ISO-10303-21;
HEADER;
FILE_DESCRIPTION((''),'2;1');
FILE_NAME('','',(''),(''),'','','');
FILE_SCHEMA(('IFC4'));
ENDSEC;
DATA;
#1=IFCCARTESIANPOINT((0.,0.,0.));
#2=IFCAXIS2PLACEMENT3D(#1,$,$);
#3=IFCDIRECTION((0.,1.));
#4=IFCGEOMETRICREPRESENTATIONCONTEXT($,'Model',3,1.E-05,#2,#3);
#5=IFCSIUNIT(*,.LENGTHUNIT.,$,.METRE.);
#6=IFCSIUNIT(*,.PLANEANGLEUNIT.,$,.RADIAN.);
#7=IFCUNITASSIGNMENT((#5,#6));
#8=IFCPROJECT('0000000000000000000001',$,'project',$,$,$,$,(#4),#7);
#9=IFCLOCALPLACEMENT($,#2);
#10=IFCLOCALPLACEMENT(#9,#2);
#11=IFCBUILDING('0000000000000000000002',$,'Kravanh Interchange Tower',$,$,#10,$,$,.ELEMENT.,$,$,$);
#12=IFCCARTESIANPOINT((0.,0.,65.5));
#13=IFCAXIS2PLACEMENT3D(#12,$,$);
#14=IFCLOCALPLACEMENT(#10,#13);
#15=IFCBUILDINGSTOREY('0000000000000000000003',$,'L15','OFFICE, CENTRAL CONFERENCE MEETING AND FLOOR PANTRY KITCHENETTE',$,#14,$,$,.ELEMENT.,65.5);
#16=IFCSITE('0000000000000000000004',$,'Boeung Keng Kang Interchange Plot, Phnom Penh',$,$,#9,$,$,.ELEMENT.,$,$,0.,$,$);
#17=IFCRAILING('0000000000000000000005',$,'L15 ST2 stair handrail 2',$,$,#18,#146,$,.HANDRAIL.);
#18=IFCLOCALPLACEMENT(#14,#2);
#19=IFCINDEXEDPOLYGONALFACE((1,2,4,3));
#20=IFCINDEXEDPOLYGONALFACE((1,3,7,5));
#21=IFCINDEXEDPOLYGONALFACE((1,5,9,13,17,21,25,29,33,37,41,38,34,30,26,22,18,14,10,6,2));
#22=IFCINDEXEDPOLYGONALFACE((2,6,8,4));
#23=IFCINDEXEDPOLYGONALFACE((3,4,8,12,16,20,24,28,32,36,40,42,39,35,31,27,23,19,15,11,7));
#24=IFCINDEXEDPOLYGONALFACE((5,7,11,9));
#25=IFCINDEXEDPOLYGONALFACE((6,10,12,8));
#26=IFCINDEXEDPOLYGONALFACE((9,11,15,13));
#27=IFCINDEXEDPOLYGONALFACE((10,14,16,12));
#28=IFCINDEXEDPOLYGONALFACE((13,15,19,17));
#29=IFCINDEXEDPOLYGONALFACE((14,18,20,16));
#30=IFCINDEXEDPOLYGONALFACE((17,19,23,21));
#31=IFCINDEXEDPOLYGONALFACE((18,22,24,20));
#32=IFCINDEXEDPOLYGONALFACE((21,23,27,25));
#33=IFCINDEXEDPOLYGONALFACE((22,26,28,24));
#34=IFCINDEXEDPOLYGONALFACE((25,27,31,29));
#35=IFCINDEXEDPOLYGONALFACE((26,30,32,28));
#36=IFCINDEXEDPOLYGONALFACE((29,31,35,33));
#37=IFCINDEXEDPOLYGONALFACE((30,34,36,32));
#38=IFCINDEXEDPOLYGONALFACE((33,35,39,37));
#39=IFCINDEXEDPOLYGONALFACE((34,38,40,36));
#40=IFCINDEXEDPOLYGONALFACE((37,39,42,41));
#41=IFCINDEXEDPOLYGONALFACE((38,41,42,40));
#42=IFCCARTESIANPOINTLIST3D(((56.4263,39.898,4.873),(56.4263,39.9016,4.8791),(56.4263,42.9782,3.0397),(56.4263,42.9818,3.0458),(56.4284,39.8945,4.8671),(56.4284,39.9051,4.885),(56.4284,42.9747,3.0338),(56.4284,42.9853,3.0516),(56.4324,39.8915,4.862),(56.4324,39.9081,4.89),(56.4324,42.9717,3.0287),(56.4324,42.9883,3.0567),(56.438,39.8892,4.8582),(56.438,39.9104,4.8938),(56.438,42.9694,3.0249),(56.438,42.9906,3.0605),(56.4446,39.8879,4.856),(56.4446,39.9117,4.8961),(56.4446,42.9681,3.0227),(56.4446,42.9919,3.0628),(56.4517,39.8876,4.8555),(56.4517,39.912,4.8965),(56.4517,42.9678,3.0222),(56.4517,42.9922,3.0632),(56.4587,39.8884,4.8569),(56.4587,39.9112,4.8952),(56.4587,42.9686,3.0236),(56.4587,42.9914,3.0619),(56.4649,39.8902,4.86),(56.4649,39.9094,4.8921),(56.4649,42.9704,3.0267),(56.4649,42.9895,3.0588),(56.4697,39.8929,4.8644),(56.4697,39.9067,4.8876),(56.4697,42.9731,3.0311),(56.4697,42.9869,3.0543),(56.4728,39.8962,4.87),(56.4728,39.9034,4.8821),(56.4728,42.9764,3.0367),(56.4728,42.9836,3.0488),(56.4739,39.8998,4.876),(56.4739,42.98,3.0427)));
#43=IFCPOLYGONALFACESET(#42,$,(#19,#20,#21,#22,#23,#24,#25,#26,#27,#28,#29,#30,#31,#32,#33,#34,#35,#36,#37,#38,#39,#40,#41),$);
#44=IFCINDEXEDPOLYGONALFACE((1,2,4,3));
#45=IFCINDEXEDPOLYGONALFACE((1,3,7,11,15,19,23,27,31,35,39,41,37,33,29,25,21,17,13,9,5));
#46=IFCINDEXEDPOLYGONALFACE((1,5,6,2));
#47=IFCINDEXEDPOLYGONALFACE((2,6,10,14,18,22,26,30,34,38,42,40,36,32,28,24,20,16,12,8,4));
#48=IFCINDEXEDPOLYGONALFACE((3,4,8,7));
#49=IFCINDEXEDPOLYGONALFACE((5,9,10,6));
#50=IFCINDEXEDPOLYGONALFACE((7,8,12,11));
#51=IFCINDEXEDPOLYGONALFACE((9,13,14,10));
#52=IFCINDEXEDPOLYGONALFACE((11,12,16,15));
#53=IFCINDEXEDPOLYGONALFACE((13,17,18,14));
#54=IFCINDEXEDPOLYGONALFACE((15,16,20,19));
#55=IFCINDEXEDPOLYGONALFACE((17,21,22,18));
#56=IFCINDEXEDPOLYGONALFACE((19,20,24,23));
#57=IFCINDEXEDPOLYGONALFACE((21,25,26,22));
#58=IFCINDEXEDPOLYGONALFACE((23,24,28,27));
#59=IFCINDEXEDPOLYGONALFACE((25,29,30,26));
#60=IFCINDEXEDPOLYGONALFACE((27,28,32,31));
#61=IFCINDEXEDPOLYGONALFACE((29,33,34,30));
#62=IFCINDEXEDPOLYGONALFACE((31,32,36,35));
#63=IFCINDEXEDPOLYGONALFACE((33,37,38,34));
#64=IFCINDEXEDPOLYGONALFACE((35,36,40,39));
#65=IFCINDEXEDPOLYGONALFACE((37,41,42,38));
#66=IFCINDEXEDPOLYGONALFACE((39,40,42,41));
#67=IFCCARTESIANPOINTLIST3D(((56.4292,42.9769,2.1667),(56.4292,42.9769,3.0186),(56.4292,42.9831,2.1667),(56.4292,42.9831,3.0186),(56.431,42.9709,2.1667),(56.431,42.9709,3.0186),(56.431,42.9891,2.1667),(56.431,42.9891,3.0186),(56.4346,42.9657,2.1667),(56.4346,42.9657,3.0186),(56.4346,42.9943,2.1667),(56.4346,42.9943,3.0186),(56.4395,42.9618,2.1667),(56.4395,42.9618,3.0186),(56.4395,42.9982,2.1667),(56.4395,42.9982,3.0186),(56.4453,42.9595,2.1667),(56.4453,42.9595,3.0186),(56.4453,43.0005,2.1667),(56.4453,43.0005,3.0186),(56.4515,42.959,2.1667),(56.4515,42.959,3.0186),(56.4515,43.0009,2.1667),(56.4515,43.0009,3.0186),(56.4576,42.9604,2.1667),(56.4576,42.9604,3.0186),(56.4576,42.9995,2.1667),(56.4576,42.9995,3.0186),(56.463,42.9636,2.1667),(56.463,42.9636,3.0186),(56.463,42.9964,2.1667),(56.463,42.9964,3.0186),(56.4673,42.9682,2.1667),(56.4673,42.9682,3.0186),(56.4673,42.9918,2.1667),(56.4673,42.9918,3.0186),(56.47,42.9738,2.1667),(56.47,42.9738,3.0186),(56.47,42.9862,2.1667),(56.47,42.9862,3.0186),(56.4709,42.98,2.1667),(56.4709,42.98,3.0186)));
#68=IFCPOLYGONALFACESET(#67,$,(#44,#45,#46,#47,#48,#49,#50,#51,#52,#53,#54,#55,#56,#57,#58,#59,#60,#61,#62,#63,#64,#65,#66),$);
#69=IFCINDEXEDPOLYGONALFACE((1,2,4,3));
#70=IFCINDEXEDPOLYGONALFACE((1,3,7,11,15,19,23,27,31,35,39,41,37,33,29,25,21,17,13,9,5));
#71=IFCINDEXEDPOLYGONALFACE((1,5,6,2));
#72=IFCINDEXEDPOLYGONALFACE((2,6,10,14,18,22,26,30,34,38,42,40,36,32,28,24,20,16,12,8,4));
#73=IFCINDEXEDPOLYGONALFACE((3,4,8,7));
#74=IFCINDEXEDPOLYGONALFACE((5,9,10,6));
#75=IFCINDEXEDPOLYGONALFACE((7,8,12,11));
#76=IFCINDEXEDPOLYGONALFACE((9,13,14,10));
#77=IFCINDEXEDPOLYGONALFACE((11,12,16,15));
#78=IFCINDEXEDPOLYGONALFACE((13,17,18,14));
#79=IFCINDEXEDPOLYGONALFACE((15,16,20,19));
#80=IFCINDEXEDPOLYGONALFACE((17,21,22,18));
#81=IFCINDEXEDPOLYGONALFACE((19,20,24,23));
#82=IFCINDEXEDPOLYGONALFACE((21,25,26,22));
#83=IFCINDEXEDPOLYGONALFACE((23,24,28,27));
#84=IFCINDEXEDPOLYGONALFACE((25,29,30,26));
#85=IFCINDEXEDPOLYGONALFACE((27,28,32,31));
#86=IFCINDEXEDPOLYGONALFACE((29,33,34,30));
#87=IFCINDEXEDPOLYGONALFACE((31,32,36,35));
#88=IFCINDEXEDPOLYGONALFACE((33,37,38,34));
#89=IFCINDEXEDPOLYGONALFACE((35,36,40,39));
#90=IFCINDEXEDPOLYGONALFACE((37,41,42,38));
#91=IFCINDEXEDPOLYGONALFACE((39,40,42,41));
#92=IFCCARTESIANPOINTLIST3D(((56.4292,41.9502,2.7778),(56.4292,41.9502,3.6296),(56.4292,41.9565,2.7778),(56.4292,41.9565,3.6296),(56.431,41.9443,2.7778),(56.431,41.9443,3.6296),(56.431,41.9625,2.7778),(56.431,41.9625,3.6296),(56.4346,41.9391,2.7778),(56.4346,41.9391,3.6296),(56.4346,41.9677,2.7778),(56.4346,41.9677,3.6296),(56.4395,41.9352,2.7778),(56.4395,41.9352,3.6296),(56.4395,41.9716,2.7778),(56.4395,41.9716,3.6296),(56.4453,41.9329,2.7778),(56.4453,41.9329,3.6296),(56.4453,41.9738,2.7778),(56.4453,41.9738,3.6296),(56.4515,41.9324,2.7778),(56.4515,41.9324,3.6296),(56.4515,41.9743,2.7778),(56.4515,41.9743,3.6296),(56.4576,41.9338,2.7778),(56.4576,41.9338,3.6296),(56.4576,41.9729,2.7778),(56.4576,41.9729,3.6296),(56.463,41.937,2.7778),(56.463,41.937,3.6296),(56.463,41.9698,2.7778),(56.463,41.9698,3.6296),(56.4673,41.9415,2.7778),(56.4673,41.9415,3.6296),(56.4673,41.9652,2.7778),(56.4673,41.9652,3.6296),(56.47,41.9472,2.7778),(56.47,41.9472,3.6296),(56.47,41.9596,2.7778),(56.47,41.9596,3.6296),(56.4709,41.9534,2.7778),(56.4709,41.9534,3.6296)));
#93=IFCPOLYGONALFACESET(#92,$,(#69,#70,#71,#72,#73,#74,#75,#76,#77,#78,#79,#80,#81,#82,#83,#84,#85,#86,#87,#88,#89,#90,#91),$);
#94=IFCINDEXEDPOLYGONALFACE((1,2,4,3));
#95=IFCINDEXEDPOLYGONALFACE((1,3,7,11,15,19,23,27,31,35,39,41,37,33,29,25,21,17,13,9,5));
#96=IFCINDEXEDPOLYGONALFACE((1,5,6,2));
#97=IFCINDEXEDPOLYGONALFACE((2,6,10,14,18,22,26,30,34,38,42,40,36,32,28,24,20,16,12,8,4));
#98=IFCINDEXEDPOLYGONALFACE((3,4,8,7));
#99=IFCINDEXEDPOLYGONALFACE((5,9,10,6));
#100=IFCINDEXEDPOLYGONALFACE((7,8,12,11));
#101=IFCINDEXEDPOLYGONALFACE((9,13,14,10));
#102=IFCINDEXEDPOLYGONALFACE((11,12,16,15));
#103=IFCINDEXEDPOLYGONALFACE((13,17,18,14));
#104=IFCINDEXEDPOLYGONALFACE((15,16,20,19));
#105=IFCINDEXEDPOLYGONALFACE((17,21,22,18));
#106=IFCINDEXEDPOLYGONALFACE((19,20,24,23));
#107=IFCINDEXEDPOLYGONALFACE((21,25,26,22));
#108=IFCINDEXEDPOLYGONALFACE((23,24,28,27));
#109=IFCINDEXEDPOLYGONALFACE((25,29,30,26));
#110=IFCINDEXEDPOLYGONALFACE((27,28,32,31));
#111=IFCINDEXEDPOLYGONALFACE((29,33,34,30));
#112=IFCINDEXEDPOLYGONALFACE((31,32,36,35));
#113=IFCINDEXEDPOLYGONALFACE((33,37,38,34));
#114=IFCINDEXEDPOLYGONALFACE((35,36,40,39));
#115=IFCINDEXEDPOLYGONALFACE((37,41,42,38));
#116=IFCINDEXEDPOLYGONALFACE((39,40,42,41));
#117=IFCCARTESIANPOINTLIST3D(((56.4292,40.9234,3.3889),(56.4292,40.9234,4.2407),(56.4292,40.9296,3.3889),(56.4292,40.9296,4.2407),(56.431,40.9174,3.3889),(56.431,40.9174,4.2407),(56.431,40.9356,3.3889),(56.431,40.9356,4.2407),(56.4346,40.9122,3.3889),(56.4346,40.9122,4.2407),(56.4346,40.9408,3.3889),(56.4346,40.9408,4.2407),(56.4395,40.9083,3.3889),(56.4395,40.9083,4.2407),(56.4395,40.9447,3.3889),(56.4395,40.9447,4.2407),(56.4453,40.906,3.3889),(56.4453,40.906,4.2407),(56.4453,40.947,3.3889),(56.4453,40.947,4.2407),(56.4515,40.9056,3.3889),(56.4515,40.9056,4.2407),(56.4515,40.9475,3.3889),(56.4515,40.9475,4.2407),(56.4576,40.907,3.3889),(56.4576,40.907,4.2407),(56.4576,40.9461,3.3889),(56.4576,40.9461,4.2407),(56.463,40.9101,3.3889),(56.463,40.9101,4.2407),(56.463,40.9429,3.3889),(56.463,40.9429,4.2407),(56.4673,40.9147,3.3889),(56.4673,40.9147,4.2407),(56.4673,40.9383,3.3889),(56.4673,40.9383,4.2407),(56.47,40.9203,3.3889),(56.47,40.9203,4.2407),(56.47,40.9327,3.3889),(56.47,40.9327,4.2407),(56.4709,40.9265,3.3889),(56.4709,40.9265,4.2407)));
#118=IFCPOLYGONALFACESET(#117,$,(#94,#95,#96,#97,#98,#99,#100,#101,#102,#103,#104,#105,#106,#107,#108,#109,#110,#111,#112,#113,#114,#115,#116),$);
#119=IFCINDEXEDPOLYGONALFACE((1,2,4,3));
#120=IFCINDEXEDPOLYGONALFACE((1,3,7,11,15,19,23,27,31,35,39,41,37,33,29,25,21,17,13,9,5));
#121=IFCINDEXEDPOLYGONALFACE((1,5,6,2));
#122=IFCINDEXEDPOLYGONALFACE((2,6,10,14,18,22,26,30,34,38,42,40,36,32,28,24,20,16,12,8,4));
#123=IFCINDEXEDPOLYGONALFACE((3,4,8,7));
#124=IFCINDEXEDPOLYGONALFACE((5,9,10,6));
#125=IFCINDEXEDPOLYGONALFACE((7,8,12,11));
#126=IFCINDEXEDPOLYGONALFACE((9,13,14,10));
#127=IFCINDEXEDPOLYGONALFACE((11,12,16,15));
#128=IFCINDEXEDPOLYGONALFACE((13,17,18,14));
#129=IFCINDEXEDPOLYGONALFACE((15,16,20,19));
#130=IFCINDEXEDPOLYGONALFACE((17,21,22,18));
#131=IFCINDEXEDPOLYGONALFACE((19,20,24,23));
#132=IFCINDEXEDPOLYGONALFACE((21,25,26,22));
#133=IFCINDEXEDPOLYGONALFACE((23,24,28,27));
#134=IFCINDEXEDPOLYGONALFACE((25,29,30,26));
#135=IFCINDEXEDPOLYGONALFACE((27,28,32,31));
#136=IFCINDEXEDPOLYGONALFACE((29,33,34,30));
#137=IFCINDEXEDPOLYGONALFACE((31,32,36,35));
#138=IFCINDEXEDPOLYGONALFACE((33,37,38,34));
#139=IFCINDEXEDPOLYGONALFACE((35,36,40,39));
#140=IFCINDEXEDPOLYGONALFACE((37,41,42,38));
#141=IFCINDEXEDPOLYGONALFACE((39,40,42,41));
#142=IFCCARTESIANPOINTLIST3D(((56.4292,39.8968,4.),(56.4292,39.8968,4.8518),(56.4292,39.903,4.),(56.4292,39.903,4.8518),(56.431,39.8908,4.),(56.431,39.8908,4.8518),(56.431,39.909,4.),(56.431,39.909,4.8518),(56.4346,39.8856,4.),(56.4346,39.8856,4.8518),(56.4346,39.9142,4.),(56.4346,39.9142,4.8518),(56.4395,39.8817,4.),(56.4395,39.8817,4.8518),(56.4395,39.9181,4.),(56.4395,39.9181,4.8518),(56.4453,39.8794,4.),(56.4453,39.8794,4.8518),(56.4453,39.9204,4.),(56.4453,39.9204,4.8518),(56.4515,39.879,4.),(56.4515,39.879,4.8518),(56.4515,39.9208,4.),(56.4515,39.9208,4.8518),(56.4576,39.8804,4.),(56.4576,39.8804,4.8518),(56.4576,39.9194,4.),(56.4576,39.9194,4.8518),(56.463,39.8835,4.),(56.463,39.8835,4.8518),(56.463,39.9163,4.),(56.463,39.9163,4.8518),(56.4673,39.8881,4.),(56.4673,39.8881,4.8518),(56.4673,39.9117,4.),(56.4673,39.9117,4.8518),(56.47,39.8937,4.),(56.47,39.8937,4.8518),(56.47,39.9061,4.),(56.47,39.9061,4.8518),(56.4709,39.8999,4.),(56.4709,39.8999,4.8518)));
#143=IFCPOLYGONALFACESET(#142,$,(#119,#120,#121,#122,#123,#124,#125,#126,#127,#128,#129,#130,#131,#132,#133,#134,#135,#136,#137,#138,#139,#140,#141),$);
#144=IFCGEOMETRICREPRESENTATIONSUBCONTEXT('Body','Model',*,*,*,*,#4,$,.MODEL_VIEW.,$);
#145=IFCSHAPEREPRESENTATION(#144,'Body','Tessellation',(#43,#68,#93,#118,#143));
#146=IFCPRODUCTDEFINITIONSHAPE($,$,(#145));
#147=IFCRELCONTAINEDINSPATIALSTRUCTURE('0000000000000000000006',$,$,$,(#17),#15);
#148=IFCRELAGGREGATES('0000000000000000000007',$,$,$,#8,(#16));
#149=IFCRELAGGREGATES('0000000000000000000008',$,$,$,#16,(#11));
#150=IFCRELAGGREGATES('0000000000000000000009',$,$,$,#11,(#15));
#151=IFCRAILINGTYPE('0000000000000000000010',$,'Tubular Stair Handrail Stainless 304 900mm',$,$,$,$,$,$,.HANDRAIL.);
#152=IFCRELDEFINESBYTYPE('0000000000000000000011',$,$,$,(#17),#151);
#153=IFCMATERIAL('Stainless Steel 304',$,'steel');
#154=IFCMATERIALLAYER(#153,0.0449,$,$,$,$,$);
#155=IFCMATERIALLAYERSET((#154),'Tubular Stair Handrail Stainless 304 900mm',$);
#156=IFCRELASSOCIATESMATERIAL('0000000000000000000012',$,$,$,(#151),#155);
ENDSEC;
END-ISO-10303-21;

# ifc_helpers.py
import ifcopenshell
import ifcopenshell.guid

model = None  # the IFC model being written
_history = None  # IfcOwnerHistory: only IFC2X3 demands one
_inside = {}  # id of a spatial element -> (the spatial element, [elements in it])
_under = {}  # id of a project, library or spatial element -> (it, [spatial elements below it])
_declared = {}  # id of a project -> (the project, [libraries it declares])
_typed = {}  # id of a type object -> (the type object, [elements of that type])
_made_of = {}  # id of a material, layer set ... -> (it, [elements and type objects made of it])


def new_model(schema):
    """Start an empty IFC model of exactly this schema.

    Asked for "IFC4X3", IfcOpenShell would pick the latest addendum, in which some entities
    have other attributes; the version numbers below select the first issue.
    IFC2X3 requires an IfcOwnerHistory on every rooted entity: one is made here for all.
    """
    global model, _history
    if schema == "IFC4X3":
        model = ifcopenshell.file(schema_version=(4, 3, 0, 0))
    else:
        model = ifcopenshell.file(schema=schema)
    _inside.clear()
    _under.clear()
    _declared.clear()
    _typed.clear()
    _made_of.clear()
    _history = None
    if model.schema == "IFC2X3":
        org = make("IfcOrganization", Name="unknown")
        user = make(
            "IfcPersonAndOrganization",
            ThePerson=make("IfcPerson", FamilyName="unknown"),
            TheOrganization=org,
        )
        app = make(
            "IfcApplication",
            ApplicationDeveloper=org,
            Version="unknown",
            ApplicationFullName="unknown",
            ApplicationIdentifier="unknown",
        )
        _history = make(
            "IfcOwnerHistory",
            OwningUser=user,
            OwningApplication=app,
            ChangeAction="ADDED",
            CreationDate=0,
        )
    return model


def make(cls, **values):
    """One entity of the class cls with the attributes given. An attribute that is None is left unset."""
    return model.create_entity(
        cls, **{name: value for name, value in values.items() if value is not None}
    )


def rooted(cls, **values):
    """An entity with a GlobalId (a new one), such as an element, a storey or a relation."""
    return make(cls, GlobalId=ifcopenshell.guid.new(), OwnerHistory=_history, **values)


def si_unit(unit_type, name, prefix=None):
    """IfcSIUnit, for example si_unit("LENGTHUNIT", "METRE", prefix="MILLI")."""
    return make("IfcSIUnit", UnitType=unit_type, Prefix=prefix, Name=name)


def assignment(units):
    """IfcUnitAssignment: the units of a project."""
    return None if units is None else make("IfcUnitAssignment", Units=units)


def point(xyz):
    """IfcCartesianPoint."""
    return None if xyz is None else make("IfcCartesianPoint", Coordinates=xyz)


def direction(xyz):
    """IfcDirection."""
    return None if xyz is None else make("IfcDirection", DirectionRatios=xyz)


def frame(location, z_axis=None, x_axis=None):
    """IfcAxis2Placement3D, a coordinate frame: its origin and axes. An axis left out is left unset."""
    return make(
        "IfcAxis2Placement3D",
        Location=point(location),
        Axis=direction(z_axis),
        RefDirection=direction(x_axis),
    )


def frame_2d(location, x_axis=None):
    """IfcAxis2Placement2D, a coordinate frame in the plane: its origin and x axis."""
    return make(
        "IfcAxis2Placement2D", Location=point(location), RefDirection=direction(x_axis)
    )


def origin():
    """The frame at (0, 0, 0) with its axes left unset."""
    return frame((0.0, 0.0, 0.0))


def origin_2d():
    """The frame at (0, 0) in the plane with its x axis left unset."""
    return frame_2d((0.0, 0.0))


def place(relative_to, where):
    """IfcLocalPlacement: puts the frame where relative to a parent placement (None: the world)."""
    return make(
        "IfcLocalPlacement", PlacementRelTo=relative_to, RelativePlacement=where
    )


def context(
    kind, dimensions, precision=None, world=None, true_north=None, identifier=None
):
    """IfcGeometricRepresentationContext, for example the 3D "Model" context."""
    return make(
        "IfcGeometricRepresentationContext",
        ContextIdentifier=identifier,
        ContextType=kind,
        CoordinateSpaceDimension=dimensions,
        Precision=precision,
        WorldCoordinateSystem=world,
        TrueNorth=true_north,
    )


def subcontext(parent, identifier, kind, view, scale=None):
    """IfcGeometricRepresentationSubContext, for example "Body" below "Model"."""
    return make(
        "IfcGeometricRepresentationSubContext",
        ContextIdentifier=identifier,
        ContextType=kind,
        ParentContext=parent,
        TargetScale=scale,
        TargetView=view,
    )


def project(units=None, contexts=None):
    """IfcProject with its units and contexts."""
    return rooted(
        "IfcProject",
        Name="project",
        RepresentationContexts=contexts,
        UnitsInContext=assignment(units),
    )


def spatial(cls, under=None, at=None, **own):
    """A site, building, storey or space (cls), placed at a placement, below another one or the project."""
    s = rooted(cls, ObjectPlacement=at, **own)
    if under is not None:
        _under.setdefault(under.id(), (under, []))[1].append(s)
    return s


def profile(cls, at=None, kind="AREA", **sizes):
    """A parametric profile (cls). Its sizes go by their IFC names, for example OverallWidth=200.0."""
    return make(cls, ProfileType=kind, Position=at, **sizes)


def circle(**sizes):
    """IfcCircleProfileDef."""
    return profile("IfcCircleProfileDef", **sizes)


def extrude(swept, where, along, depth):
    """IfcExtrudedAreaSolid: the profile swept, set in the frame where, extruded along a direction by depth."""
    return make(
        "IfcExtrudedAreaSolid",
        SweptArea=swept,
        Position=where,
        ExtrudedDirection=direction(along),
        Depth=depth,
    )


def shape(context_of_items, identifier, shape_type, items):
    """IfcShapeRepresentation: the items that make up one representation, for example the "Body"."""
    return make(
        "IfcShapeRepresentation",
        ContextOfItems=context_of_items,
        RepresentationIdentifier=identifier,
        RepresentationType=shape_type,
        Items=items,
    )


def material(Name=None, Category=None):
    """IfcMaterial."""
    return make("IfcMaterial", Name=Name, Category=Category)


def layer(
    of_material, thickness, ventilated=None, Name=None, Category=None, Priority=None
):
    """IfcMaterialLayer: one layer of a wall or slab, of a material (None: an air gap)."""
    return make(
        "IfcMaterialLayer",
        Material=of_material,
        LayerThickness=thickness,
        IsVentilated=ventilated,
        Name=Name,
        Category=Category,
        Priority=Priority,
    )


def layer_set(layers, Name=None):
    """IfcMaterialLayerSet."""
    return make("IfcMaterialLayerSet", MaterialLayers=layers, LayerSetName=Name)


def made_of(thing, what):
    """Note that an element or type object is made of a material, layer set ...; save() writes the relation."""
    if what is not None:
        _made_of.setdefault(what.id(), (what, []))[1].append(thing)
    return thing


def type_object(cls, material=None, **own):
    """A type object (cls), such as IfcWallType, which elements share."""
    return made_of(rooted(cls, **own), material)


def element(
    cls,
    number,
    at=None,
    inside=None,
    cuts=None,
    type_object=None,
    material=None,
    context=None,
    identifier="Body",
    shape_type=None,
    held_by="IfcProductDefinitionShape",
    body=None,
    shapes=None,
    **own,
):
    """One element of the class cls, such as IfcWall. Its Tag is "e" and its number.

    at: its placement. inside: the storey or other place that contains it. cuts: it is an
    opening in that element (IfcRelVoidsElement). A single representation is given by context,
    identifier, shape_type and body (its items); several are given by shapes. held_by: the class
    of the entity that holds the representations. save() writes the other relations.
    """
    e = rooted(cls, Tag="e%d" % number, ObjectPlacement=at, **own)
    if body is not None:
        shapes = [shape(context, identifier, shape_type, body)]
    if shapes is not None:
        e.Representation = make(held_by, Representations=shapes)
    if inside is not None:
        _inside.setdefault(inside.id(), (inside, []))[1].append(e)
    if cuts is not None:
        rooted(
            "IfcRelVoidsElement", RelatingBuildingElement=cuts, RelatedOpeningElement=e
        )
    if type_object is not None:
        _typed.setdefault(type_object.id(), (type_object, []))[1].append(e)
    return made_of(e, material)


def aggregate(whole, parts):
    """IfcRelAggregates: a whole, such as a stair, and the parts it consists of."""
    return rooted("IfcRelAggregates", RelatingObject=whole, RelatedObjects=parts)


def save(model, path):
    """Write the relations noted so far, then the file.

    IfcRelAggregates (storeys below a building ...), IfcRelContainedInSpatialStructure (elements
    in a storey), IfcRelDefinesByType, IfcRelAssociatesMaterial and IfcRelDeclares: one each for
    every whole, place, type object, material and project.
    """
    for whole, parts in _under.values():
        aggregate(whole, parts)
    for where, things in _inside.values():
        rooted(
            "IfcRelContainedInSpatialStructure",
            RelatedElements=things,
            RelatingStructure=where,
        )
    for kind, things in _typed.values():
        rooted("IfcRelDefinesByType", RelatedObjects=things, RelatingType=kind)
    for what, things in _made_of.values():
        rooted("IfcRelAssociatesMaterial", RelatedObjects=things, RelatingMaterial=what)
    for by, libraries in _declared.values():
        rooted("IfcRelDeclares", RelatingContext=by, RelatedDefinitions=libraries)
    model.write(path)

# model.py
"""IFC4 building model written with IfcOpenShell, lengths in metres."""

from ifc_helpers import new_model, si_unit, direction, frame, origin, origin_2d, place, context, subcontext, project, spatial, circle, extrude, material, layer, layer_set, type_object, element, save


model = new_model("IFC4")

# Units and contexts
model_context = context("Model", 3, precision=1e-05, world=origin(), true_north=direction((0.0, 1.0)))
body_context = subcontext(model_context, "Body", "Model", "MODEL_VIEW")
ifc_project = project(units=[si_unit("LENGTHUNIT", "METRE"), si_unit("PLANEANGLEUNIT", "RADIAN")], contexts=[model_context])

# Site, building, storey
site_placement = place(None, origin())
site = spatial("IfcSite", under=ifc_project, at=site_placement, Name="Boeung Keng Kang Interchange Plot, Phnom Penh", CompositionType="ELEMENT", RefElevation=0.0)
building_placement = place(site_placement, origin())
building = spatial("IfcBuilding", under=site, at=building_placement, Name="Kravanh Interchange Tower", CompositionType="ELEMENT")
storey_placement = place(building_placement, frame((0.0, 0.0, 65.5)))
storey = spatial("IfcBuildingStorey", under=building, at=storey_placement, Name="L15", Description="OFFICE, CENTRAL CONFERENCE MEETING AND FLOOR PANTRY KITCHENETTE", CompositionType="ELEMENT", Elevation=65.5)

# Railing
ifc_material_1 = material(Name="Stainless Steel 304", Category="steel")
ifc_layer_1 = layer(ifc_material_1, 0.0449)
ifc_layer_set_1 = layer_set([ifc_layer_1], Name="Tubular Stair Handrail Stainless 304 900mm")
railing_type_1 = type_object("IfcRailingType", Name="Tubular Stair Handrail Stainless 304 900mm", PredefinedType="HANDRAIL", material=ifc_layer_set_1)
railing_1_placement = place(storey_placement, frame((56.45, 42.98, 2.1667)))
element("IfcRailing", 1, at=railing_1_placement, inside=storey, type_object=railing_type_1, Name="L15 ST2 stair handrail 2", PredefinedType="HANDRAIL", context=body_context, shape_type="SweptSolid", body=[
    extrude(circle(Radius=0.0239, at=origin_2d()), frame((0.0, 0.0, 0.876), z_axis=(0.0, -0.859309, 0.511458), x_axis=(1.0, 0.0, 0.0)), (0.0, 0.0, 1.0), 3.5845),
    extrude(circle(Radius=0.021, at=origin_2d()), origin(), (0.0, 0.0, 1.0), 0.8518),
    extrude(circle(Radius=0.021, at=origin_2d()), frame((0.0, -1.0266, 0.6111)), (0.0, 0.0, 1.0), 0.8518),
    extrude(circle(Radius=0.021, at=origin_2d()), frame((0.0, -2.0535, 1.2222)), (0.0, 0.0, 1.0), 0.8518),
    extrude(circle(Radius=0.021, at=origin_2d()), frame((0.0, -3.0801, 1.8333)), (0.0, 0.0, 1.0), 0.8518),
])

save(model, "model.ifc")
